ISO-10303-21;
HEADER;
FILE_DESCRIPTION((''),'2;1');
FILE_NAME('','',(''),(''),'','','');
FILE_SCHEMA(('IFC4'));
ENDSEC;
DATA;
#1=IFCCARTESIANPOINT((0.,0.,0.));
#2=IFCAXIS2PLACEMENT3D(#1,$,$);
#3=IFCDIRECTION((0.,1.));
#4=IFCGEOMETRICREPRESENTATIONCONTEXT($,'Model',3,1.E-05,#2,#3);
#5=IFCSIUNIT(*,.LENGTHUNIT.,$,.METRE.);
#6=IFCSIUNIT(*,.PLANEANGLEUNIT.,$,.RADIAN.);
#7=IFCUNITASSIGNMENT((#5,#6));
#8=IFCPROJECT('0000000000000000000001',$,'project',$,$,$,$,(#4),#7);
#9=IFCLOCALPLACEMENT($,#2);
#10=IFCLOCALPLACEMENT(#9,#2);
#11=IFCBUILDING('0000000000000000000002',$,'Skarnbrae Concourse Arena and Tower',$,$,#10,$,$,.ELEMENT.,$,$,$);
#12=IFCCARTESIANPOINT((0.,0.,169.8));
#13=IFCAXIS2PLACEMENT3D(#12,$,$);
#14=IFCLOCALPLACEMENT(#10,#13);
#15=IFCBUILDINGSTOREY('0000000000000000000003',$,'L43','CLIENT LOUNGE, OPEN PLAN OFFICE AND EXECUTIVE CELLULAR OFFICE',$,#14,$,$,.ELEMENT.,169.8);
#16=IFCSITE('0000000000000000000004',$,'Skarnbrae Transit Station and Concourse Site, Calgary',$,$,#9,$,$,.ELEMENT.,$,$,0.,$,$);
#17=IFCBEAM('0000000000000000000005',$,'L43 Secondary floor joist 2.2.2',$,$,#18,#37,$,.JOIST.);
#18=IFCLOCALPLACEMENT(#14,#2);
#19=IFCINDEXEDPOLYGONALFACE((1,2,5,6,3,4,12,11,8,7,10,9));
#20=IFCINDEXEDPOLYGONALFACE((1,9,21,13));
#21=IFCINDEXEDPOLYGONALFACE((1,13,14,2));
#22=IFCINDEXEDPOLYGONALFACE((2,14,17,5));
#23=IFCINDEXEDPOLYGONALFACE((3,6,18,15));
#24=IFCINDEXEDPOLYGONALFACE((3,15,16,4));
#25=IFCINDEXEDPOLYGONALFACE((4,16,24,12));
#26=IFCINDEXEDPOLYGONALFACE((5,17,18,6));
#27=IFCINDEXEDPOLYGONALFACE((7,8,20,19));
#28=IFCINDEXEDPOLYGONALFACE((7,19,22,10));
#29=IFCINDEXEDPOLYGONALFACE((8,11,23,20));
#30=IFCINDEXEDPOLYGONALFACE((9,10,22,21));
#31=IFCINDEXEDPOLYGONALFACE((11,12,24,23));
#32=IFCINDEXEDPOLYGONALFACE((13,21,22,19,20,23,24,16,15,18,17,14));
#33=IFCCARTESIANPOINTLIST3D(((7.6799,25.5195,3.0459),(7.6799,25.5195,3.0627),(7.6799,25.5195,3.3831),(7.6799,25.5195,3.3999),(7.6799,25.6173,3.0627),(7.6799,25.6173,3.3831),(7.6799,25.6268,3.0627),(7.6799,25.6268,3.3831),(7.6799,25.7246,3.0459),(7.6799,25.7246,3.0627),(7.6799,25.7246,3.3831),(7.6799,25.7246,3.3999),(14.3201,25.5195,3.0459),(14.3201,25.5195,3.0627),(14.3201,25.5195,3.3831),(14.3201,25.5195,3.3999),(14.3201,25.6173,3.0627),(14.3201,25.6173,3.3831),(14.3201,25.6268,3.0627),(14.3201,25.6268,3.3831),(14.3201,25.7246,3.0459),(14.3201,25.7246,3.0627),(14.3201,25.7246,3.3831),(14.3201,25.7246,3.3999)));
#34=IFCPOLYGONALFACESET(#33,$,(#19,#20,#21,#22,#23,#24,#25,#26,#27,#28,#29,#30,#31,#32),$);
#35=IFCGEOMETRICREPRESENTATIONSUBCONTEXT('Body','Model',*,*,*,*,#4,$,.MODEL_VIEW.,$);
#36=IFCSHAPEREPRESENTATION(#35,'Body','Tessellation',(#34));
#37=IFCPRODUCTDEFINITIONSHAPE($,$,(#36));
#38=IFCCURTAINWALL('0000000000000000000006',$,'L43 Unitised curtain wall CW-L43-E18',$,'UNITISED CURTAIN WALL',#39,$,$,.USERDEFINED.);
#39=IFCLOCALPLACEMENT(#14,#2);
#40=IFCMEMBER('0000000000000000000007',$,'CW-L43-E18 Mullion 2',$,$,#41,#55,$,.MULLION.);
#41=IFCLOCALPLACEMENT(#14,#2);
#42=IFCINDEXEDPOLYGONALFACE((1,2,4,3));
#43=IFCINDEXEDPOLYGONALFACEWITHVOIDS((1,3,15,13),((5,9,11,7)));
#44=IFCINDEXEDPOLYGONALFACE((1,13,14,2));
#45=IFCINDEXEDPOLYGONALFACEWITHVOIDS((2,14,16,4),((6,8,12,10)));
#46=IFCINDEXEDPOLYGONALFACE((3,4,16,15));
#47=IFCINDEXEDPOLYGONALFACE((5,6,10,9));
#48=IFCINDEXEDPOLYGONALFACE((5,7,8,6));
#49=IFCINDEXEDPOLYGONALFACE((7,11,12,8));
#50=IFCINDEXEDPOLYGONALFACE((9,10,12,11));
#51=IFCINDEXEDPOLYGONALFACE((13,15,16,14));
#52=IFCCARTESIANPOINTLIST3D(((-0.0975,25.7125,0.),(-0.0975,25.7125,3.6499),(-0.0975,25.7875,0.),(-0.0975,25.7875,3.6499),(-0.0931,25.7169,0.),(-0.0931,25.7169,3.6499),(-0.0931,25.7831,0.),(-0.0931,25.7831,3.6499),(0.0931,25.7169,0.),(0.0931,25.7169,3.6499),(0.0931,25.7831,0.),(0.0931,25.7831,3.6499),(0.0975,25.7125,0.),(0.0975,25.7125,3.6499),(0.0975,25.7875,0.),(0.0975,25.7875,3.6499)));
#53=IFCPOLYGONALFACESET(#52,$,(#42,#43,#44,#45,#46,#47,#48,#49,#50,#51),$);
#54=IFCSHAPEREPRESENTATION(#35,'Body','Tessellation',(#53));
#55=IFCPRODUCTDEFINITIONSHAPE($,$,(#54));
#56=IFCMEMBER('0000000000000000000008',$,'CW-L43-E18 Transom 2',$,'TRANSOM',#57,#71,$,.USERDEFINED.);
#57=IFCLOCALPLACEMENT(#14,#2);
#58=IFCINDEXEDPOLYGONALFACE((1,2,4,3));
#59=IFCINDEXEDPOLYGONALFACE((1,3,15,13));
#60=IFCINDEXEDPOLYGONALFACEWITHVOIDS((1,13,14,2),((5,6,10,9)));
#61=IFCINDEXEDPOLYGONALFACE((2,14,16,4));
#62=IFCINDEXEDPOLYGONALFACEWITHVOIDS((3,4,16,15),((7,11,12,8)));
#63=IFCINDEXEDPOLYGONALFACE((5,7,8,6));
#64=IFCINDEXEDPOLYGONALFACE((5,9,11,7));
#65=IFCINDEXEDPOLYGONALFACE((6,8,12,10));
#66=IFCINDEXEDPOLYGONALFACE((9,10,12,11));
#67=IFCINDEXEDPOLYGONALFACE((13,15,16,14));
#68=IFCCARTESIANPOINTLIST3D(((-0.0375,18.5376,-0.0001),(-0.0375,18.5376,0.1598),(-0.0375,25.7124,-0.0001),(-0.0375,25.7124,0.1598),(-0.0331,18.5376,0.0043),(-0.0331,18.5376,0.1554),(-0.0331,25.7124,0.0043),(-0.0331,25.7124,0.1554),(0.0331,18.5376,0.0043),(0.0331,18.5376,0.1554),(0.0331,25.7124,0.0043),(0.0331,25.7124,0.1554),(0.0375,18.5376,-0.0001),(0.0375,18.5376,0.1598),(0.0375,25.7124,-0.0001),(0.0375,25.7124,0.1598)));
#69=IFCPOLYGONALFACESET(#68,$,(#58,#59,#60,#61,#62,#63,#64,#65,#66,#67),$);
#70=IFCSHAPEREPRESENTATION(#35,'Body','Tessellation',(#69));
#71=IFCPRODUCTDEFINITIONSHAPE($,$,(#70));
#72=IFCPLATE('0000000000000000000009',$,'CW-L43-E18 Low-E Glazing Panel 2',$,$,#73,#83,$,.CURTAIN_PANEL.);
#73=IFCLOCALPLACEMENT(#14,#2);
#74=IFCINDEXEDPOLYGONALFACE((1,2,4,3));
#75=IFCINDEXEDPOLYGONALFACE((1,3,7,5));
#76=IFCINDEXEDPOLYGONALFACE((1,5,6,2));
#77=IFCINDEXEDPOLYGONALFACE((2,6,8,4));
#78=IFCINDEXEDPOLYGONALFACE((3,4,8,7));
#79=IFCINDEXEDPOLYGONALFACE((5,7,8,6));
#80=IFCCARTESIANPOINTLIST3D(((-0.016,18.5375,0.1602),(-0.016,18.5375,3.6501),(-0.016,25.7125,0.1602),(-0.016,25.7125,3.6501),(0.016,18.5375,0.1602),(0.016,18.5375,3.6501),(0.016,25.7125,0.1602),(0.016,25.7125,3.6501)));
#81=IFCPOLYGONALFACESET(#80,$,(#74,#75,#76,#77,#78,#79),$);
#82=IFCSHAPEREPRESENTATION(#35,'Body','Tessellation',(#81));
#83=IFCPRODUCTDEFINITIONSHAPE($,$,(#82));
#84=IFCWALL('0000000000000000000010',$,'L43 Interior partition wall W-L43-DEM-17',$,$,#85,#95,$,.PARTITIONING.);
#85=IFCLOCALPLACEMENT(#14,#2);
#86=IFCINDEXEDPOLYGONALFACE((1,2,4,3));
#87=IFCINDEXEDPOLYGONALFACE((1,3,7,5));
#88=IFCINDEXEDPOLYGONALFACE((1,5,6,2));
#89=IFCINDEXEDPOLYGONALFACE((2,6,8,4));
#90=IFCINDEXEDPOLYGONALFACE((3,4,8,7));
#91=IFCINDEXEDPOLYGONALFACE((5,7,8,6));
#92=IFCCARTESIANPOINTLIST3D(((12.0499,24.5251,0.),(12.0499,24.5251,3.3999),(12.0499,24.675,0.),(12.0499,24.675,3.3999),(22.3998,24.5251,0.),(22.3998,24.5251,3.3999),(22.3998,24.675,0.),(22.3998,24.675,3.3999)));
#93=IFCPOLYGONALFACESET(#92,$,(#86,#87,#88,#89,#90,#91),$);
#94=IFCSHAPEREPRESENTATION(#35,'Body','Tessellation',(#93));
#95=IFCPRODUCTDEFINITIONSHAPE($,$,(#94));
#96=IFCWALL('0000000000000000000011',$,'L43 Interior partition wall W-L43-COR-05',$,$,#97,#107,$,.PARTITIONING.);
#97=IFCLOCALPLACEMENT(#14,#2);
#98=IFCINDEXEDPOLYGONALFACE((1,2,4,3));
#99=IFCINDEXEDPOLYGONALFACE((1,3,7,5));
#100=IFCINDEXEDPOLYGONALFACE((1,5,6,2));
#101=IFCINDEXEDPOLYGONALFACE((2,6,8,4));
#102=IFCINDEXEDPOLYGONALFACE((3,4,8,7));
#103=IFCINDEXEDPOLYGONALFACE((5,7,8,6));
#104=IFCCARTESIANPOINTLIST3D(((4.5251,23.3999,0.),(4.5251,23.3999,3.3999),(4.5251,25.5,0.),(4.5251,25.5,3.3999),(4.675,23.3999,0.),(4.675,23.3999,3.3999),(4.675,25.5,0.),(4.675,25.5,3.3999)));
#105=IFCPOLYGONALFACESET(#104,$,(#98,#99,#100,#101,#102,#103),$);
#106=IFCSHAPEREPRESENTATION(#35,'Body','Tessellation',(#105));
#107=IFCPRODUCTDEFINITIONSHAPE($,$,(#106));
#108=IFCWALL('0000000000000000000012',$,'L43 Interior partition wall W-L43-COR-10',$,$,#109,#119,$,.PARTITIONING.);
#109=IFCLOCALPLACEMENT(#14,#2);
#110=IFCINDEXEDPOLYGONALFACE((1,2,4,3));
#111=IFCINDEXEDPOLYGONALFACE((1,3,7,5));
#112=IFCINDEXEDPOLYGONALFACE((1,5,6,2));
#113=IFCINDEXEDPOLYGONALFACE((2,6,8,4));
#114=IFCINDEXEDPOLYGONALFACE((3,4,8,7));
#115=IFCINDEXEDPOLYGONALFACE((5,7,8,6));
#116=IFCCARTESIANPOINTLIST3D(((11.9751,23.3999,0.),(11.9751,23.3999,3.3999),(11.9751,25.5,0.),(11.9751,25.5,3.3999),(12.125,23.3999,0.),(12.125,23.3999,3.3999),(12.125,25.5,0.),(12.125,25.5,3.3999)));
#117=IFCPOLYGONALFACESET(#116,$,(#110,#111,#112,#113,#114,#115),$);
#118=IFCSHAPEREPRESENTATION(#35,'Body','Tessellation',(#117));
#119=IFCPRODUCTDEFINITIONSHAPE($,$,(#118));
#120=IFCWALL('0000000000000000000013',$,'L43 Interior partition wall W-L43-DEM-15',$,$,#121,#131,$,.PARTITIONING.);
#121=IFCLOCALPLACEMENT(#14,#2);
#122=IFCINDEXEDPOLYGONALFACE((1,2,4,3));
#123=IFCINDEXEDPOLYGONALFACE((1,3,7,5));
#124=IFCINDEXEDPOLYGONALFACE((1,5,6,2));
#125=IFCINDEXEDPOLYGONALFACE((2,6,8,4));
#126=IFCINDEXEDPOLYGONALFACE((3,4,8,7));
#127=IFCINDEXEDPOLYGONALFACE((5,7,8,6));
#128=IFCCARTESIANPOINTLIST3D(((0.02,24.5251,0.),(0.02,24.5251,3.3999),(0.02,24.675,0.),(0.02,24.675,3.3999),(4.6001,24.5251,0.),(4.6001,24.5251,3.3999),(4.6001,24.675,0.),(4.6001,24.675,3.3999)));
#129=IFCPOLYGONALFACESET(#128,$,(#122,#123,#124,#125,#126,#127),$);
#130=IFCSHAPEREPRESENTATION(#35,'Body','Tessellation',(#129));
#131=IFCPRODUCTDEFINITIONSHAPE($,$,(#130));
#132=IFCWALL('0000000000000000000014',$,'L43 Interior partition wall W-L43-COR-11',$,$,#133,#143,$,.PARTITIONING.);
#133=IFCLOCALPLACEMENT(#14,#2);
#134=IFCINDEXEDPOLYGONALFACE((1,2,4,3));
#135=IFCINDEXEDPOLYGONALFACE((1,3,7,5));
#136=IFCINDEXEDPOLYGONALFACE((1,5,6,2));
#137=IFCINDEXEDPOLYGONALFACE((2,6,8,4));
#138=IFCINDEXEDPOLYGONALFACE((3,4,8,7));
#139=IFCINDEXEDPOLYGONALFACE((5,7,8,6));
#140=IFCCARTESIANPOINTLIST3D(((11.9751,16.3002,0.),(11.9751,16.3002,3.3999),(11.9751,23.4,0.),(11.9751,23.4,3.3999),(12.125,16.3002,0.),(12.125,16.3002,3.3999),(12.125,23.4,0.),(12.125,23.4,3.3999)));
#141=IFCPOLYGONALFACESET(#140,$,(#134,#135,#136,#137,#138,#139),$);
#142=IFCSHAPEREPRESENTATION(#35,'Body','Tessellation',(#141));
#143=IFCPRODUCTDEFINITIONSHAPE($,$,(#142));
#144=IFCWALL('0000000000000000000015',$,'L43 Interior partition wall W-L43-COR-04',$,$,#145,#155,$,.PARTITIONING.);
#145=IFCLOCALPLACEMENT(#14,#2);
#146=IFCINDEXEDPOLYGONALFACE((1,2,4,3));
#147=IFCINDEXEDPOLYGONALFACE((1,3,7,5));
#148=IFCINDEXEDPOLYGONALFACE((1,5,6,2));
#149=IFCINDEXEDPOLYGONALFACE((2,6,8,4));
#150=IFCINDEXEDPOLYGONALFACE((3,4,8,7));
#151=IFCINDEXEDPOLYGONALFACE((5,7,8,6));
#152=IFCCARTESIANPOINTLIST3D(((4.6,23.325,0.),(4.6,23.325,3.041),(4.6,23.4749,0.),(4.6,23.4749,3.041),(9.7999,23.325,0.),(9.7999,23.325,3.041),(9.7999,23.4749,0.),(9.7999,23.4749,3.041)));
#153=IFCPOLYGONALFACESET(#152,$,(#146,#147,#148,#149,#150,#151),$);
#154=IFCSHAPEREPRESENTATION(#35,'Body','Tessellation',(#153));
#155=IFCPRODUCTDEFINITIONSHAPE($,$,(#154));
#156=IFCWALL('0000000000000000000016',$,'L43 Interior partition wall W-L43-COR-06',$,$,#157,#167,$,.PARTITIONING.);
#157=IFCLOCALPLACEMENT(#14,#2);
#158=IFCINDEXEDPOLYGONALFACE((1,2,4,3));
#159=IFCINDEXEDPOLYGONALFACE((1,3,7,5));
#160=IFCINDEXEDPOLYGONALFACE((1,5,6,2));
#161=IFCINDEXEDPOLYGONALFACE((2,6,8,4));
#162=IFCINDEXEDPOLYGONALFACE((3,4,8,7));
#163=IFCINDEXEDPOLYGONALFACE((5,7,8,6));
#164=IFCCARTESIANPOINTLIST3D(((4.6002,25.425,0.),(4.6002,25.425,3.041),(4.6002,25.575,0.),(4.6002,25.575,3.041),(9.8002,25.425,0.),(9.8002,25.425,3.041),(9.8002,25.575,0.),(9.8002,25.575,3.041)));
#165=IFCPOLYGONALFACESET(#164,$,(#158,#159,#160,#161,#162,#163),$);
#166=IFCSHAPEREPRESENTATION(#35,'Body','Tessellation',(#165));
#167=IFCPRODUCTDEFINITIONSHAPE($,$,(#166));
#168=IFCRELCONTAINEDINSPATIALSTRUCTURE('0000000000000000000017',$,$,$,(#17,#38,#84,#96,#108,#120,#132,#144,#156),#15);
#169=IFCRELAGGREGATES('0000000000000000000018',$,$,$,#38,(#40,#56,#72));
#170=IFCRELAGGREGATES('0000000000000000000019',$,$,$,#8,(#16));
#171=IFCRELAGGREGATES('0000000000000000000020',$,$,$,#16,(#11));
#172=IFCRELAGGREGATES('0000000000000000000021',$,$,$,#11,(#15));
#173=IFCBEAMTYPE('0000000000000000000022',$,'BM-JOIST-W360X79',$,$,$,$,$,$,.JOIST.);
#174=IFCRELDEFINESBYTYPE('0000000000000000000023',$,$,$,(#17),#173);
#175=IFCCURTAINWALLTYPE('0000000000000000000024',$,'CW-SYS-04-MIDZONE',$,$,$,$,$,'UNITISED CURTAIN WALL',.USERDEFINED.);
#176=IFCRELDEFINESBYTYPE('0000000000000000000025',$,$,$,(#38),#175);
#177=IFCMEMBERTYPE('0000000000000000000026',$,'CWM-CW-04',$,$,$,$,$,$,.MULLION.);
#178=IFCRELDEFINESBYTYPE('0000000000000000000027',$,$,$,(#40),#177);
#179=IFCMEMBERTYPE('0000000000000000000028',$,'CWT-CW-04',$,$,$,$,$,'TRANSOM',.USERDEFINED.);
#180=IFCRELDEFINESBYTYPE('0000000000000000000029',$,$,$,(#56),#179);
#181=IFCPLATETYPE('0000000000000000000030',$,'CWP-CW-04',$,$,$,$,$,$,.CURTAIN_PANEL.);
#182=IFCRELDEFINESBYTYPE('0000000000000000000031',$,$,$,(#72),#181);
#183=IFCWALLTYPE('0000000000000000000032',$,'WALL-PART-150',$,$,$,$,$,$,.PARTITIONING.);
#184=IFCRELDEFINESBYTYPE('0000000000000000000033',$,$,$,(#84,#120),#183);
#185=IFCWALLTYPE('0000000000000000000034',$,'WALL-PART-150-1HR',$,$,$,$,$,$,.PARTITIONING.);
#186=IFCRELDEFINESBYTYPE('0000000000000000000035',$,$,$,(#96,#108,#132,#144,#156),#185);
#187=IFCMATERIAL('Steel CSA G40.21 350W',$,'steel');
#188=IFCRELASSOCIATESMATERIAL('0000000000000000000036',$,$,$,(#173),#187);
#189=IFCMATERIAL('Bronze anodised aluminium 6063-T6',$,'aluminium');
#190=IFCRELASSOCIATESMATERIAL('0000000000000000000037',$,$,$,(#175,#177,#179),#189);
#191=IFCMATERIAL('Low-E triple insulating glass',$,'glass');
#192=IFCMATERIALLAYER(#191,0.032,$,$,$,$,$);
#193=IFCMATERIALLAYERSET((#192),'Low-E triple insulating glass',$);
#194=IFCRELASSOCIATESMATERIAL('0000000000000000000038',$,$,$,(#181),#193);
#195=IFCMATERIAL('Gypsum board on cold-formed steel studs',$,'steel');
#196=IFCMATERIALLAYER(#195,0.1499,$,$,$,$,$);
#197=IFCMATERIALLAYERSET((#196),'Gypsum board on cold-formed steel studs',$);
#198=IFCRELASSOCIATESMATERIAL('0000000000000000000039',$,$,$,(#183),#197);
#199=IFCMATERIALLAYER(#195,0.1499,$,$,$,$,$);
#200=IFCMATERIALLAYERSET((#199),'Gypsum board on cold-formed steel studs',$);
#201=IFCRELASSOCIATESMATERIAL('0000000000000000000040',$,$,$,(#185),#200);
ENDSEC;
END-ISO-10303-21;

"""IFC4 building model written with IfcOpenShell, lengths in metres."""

from ifc_helpers import new_model, si_unit, direction, frame, frame_2d, origin, origin_2d, place, context, subcontext, project, spatial, rectangle, hollow_rectangle, i_section, extrude, source, transform, mapped, material, layer, layer_set, material_profile, profile_set, type_object, element, aggregate, save


model = new_model("IFC4")

# Units and contexts
model_context = context("Model", 3, precision=1e-05, world=origin(), true_north=direction((0.0, 1.0)))
body_context = subcontext(model_context, "Body", "Model", "MODEL_VIEW")
ifc_project = project(units=[si_unit("LENGTHUNIT", "METRE"), si_unit("PLANEANGLEUNIT", "RADIAN")], contexts=[model_context])

# Site, building, storey
site_placement = place(None, origin())
site = spatial("IfcSite", under=ifc_project, at=site_placement, Name="Skarnbrae Transit Station and Concourse Site, Calgary", CompositionType="ELEMENT", RefElevation=0.0)
building_placement = place(site_placement, origin())
building = spatial("IfcBuilding", under=site, at=building_placement, Name="Skarnbrae Concourse Arena and Tower", CompositionType="ELEMENT")
storey_placement = place(building_placement, frame((0.0, 0.0, 169.8)))
storey = spatial("IfcBuildingStorey", under=building, at=storey_placement, Name="L43", Description="CLIENT LOUNGE, OPEN PLAN OFFICE AND EXECUTIVE CELLULAR OFFICE", CompositionType="ELEMENT", Elevation=169.8)

# Shared definitions
ifc_material_1 = material(Name="Steel CSA G40.21 350W", Category="steel")

# Beam
ifc_material_profile_1 = material_profile(ifc_material_1, i_section(OverallWidth=0.2051, OverallDepth=0.354, WebThickness=0.0095, FlangeThickness=0.0168, at=origin_2d()), Name="W360X79")
ifc_profile_set_1 = profile_set([ifc_material_profile_1], Name="Steel CSA G40.21 350W")
beam_type_1 = type_object("IfcBeamType", Name="BM-JOIST-W360X79", PredefinedType="JOIST", material=ifc_profile_set_1)
shared_shape_1 = source(origin(), body_context, "Body", "SweptSolid", [
    extrude(i_section(OverallWidth=0.2051, OverallDepth=0.354, WebThickness=0.0095, FlangeThickness=0.0168, at=origin_2d()), origin(), (0.0, 0.0, 1.0), 6.6401),
])
for number, where, z_axis, x_axis, name in (
    (1, (7.6799, 25.6221, 3.2229), (1.0, 0.0, 0.0), (0.0, 1.0, 0.0), "L43 Secondary floor joist 2.2.2"),
):
    element("IfcBeam", number, at=place(storey_placement, frame(where, z_axis=z_axis, x_axis=x_axis)), inside=storey, type_object=beam_type_1, Name=name, PredefinedType="JOIST", context=body_context, shape_type="MappedRepresentation", body=[
        mapped(shared_shape_1, transform((0.0, 0.0, 0.0))),
    ])

# Curtain wall, members, plate
ifc_material_2 = material(Name="Bronze anodised aluminium 6063-T6", Category="aluminium")
curtain_wall_type = type_object("IfcCurtainWallType", Name="CW-SYS-04-MIDZONE", ElementType="UNITISED CURTAIN WALL", PredefinedType="USERDEFINED", material=ifc_material_2)
curtain_wall_placement = place(storey_placement, origin())
curtain_wall = element("IfcCurtainWall", 2, at=curtain_wall_placement, inside=storey, type_object=curtain_wall_type, Name="L43 Unitised curtain wall CW-L43-E18", ObjectType="UNITISED CURTAIN WALL", PredefinedType="USERDEFINED")
ifc_material_profile_2 = material_profile(ifc_material_2, hollow_rectangle(XDim=0.075, YDim=0.1951, WallThickness=0.0044, at=origin_2d()), Name="ALU-MULL-75X195")
ifc_profile_set_2 = profile_set([ifc_material_profile_2], Name="Bronze anodised aluminium 6063-T6")
member_type_1 = type_object("IfcMemberType", Name="CWM-CW-04", PredefinedType="MULLION", material=ifc_profile_set_2)
shared_shape_2 = source(origin(), body_context, "Body", "SweptSolid", [
    extrude(hollow_rectangle(XDim=0.075, YDim=0.1951, WallThickness=0.0044, at=origin_2d()), origin(), (0.0, 0.0, 1.0), 3.6499),
])
member_1_placement = place(storey_placement, frame((0.0, 25.75, 0.0), z_axis=(0.0, 0.0, 1.0), x_axis=(0.0, -1.0, 0.0)))
member_1 = element("IfcMember", 3, at=member_1_placement, type_object=member_type_1, Name="CW-L43-E18 Mullion 2", PredefinedType="MULLION", context=body_context, shape_type="MappedRepresentation", body=[
    mapped(shared_shape_2, transform((0.0, 0.0, 0.0))),
])
ifc_material_profile_3 = material_profile(ifc_material_2, hollow_rectangle(XDim=0.075, YDim=0.1599, WallThickness=0.0044, at=origin_2d()), Name="ALU-TRAN-75X160")
ifc_profile_set_3 = profile_set([ifc_material_profile_3], Name="Bronze anodised aluminium 6063-T6")
member_type_2 = type_object("IfcMemberType", Name="CWT-CW-04", ElementType="TRANSOM", PredefinedType="USERDEFINED", material=ifc_profile_set_3)
shared_shape_3 = source(origin(), body_context, "Body", "SweptSolid", [
    extrude(hollow_rectangle(XDim=0.075, YDim=0.1599, WallThickness=0.0044, at=origin_2d()), origin(), (0.0, 0.0, 1.0), 7.1748),
])
member_2_placement = place(storey_placement, frame((0.0, 25.7124, 0.0798), z_axis=(0.0, -1.0, 0.0), x_axis=(1.0, 0.0, 0.0)))
member_2 = element("IfcMember", 4, at=member_2_placement, type_object=member_type_2, Name="CW-L43-E18 Transom 2", ObjectType="TRANSOM", PredefinedType="USERDEFINED", context=body_context, shape_type="MappedRepresentation", body=[
    mapped(shared_shape_3, transform((0.0, 0.0, 0.0))),
])
ifc_material_3 = material(Name="Low-E triple insulating glass", Category="glass")
ifc_layer_1 = layer(ifc_material_3, 0.032)
ifc_layer_set_1 = layer_set([ifc_layer_1], Name="Low-E triple insulating glass")
plate_type = type_object("IfcPlateType", Name="CWP-CW-04", PredefinedType="CURTAIN_PANEL", material=ifc_layer_set_1)
shared_shape_4 = source(origin(), body_context, "Body", "SweptSolid", [
    extrude(rectangle(XDim=7.175, YDim=0.032, at=origin_2d()), origin(), (0.0, 0.0, 1.0), 3.49),
])
plate_placement = place(storey_placement, frame((0.0, 22.125, 0.1602), z_axis=(0.0, 0.0, 1.0), x_axis=(0.0, -1.0, 0.0)))
plate = element("IfcPlate", 5, at=plate_placement, type_object=plate_type, Name="CW-L43-E18 Low-E Glazing Panel 2", PredefinedType="CURTAIN_PANEL", context=body_context, shape_type="MappedRepresentation", body=[
    mapped(shared_shape_4, transform((0.0, 0.0, 0.0))),
])
aggregate(curtain_wall, [member_1, member_2, plate])

# Walls
ifc_material_4 = material(Name="Gypsum board on cold-formed steel studs", Category="steel")
ifc_layer_2 = layer(ifc_material_4, 0.1499)
ifc_layer_set_2 = layer_set([ifc_layer_2], Name="Gypsum board on cold-formed steel studs")
wall_type_1 = type_object("IfcWallType", Name="WALL-PART-150", PredefinedType="PARTITIONING", material=ifc_layer_set_2)
shared_shape_5 = source(origin(), body_context, "Body", "SweptSolid", [
    extrude(rectangle(XDim=10.3499, YDim=0.1499, at=frame_2d((5.1748, 0.0))), origin(), (0.0, 0.0, 1.0), 3.3999),
])
wall_1_placement = place(storey_placement, frame((12.05, 24.6001, 0.0), z_axis=(0.0, 0.0, 1.0), x_axis=(1.0, 0.0, 0.0)))
element("IfcWall", 6, at=wall_1_placement, inside=storey, type_object=wall_type_1, Name="L43 Interior partition wall W-L43-DEM-17", PredefinedType="PARTITIONING", context=body_context, shape_type="MappedRepresentation", body=[
    mapped(shared_shape_5, transform((0.0, 0.0, 0.0))),
])
ifc_layer_3 = layer(ifc_material_4, 0.1499)
ifc_layer_set_3 = layer_set([ifc_layer_3], Name="Gypsum board on cold-formed steel studs")
wall_type_2 = type_object("IfcWallType", Name="WALL-PART-150-1HR", PredefinedType="PARTITIONING", material=ifc_layer_set_3)
shared_shape_6 = source(origin(), body_context, "Body", "SweptSolid", [
    extrude(rectangle(XDim=2.1001, YDim=0.1499, at=frame_2d((1.05, 0.0))), origin(), (0.0, 0.0, 1.0), 3.3999),
])
for number, where, z_axis, x_axis, name in (
    (7, (4.6001, 23.3999, 0.0), (0.0, 0.0, 1.0), (0.0, 1.0, 0.0), "L43 Interior partition wall W-L43-COR-05"),
    (8, (12.05, 25.5, 0.0), (0.0, 0.0, 1.0), (0.0, -1.0, 0.0), "L43 Interior partition wall W-L43-COR-10"),
):
    element("IfcWall", number, at=place(storey_placement, frame(where, z_axis=z_axis, x_axis=x_axis)), inside=storey, type_object=wall_type_2, Name=name, PredefinedType="PARTITIONING", context=body_context, shape_type="MappedRepresentation", body=[
        mapped(shared_shape_6, transform((0.0, 0.0, 0.0))),
    ])
shared_shape_7 = source(origin(), body_context, "Body", "SweptSolid", [
    extrude(rectangle(XDim=4.5801, YDim=0.1499, at=frame_2d((2.29, 0.0))), origin(), (0.0, 0.0, 1.0), 3.3999),
])
wall_2_placement = place(storey_placement, frame((0.02, 24.6001, 0.0), z_axis=(0.0, 0.0, 1.0), x_axis=(1.0, 0.0, 0.0)))
element("IfcWall", 9, at=wall_2_placement, inside=storey, type_object=wall_type_1, Name="L43 Interior partition wall W-L43-DEM-15", PredefinedType="PARTITIONING", context=body_context, shape_type="MappedRepresentation", body=[
    mapped(shared_shape_7, transform((0.0, 0.0, 0.0))),
])
shared_shape_8 = source(origin(), body_context, "Body", "SweptSolid", [
    extrude(rectangle(XDim=7.0999, YDim=0.1499, at=frame_2d((3.5498, 0.0))), origin(), (0.0, 0.0, 1.0), 3.3999),
])
wall_3_placement = place(storey_placement, frame((12.05, 23.3999, 0.0), z_axis=(0.0, 0.0, 1.0), x_axis=(0.0, -1.0, 0.0)))
element("IfcWall", 10, at=wall_3_placement, inside=storey, type_object=wall_type_2, Name="L43 Interior partition wall W-L43-COR-11", PredefinedType="PARTITIONING", context=body_context, shape_type="MappedRepresentation", body=[
    mapped(shared_shape_8, transform((0.0, 0.0, 0.0))),
])
shared_shape_9 = source(origin(), body_context, "Body", "SweptSolid", [
    extrude(rectangle(XDim=5.2, YDim=0.1499, at=frame_2d((2.6001, 0.0))), origin(), (0.0, 0.0, 1.0), 3.041),
])
for number, where, z_axis, x_axis, name in (
    (11, (9.8, 23.3999, 0.0), (0.0, 0.0, 1.0), (-1.0, 0.0, 0.0), "L43 Interior partition wall W-L43-COR-04"),
    (12, (4.6001, 25.5, 0.0), (0.0, 0.0, 1.0), (1.0, 0.0, 0.0), "L43 Interior partition wall W-L43-COR-06"),
):
    element("IfcWall", number, at=place(storey_placement, frame(where, z_axis=z_axis, x_axis=x_axis)), inside=storey, type_object=wall_type_2, Name=name, PredefinedType="PARTITIONING", context=body_context, shape_type="MappedRepresentation", body=[
        mapped(shared_shape_9, transform((0.0, 0.0, 0.0))),
    ])

save(model, "model.ifc")
